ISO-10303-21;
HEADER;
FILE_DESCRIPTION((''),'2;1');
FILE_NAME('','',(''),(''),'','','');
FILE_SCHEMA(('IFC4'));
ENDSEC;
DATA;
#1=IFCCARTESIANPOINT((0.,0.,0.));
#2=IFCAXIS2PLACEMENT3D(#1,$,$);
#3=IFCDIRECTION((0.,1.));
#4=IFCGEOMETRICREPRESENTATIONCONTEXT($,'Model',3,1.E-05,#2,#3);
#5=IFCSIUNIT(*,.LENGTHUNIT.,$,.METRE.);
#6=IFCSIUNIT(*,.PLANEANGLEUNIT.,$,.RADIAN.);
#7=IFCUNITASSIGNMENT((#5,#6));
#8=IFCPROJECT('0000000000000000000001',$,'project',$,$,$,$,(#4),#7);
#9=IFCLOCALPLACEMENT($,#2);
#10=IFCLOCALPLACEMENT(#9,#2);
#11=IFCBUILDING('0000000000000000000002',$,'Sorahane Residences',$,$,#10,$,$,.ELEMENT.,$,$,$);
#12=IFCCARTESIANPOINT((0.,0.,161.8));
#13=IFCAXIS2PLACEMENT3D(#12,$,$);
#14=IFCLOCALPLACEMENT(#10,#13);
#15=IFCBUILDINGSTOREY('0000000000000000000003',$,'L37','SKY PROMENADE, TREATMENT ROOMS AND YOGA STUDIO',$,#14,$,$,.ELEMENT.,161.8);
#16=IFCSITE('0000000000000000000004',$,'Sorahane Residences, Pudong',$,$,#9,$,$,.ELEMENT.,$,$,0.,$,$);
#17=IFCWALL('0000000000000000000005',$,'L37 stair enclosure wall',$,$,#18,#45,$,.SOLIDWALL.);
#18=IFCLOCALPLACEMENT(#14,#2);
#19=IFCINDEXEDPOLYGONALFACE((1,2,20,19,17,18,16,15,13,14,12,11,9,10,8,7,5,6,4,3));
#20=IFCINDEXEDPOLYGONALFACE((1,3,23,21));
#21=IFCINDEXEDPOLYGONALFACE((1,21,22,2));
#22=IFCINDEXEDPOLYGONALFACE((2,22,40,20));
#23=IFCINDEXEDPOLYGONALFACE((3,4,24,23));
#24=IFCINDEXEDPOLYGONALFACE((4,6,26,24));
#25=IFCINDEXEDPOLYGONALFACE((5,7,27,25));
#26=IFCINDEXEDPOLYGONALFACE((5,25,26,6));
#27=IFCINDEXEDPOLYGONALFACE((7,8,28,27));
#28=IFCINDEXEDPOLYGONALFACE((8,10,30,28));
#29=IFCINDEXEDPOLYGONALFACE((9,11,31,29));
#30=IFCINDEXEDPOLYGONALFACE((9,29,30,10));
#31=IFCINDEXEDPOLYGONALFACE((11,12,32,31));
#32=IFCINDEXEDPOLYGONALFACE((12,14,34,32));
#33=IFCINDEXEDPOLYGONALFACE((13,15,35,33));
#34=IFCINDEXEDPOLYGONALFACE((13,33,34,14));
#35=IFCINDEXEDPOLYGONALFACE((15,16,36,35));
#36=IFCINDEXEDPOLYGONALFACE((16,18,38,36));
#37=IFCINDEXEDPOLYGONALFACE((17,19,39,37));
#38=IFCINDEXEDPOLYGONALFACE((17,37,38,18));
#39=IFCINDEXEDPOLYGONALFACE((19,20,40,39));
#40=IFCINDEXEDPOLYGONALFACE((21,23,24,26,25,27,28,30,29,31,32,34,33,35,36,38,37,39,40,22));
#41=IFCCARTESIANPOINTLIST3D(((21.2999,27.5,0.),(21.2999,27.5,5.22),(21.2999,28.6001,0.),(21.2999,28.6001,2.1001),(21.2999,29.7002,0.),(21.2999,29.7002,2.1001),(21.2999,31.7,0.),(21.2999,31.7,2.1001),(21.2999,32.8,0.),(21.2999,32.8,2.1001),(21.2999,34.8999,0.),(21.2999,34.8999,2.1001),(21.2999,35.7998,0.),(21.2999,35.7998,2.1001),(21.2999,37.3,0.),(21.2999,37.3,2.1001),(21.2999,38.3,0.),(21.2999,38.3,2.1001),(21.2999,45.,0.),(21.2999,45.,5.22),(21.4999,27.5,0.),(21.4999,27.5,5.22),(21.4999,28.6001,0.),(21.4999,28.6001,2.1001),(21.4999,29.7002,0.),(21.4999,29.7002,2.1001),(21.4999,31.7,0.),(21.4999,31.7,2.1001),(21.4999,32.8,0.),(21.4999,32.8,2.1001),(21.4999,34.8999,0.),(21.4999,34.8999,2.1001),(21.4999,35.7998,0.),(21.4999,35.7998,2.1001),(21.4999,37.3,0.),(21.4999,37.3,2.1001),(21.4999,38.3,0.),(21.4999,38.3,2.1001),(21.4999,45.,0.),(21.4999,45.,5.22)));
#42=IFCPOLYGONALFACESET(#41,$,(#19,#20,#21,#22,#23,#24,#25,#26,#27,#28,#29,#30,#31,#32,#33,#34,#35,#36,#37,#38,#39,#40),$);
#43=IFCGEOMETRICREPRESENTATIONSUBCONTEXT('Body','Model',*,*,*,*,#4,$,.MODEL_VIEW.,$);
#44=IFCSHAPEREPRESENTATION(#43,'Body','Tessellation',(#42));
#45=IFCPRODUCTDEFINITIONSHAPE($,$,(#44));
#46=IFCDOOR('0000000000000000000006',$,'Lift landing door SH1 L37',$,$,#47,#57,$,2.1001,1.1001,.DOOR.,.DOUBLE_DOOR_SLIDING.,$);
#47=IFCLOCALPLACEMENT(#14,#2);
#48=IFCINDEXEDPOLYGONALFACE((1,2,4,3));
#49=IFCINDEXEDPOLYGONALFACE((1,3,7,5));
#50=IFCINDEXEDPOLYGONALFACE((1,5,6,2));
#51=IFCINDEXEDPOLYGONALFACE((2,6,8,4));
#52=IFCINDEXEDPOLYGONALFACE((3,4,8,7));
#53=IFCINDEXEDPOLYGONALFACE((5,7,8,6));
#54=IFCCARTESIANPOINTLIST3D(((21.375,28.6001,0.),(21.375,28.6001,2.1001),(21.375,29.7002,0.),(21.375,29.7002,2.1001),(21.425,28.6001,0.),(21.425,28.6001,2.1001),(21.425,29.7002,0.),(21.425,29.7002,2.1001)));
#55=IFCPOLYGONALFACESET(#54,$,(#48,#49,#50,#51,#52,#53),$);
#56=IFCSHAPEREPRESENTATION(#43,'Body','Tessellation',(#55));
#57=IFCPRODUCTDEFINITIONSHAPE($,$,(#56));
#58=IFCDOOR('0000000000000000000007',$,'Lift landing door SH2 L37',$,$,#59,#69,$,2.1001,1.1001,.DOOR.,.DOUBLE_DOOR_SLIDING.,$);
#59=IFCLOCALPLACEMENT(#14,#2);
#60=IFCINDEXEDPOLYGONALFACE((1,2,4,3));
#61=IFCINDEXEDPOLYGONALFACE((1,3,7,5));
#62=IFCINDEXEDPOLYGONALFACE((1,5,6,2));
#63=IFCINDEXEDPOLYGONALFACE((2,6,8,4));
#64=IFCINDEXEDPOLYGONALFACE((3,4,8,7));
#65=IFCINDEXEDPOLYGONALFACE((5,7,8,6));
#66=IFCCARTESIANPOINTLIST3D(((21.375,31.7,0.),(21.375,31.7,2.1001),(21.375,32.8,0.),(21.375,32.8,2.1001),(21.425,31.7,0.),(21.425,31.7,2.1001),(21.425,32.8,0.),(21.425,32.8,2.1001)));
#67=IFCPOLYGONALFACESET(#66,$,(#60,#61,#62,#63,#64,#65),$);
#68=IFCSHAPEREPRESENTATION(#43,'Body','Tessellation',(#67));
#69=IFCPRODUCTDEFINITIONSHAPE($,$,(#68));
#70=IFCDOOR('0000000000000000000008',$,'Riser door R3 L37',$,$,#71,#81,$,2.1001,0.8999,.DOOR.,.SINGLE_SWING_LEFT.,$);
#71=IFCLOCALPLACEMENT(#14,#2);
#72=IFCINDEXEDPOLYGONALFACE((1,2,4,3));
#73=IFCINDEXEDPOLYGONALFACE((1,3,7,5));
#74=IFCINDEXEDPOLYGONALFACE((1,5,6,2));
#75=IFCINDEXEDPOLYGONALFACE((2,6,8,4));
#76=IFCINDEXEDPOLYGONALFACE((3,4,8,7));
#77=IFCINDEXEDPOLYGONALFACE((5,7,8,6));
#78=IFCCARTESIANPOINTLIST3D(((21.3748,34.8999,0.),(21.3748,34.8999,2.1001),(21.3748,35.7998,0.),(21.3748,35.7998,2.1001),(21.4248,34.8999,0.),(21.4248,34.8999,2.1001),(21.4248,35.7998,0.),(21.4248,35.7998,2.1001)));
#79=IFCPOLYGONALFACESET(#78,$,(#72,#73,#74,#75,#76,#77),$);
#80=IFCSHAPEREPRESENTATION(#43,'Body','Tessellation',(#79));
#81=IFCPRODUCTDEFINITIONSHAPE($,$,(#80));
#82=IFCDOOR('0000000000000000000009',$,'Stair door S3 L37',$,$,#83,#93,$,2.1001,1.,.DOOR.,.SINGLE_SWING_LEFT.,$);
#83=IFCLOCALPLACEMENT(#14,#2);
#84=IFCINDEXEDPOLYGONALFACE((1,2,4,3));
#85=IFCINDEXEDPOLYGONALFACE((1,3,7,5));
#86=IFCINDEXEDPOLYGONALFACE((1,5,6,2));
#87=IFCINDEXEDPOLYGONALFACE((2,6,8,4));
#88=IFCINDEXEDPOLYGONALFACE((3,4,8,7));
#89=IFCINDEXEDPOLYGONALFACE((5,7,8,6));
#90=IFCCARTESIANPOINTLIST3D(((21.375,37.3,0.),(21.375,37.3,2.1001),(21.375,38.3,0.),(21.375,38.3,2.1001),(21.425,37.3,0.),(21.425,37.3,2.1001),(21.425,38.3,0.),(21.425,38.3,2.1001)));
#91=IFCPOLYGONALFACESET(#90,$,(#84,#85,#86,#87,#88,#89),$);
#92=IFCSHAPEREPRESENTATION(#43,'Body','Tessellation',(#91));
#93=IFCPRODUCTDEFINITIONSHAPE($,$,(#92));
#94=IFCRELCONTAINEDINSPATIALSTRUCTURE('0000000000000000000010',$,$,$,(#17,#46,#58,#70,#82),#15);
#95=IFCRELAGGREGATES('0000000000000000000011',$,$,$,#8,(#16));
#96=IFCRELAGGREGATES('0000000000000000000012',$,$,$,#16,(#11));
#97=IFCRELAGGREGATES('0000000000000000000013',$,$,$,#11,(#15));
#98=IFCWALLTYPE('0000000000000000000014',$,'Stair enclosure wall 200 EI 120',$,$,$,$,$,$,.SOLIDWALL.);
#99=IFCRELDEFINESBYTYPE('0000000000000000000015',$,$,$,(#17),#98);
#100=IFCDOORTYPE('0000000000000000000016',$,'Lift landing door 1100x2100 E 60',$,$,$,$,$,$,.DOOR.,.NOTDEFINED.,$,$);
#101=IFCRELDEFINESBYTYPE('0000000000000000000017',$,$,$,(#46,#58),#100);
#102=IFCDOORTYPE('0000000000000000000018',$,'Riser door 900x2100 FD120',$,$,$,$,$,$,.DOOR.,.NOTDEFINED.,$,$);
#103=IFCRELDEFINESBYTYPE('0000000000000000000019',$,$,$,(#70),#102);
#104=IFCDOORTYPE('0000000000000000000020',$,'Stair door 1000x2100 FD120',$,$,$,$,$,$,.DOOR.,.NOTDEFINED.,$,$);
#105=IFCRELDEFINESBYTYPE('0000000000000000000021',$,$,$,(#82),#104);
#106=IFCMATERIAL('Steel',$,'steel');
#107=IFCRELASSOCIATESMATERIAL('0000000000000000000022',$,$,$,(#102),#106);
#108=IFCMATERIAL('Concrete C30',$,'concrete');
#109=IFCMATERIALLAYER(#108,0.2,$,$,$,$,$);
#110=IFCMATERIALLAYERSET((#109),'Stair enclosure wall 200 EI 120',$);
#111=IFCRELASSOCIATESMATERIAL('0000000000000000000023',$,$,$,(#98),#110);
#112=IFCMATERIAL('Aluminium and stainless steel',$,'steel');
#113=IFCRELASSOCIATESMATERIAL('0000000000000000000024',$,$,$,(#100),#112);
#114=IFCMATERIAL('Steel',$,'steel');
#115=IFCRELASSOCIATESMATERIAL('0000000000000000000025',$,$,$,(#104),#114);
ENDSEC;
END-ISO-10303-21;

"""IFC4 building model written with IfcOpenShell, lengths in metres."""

from ifc_helpers import new_model, si_unit, direction, frame, frame_2d, origin, place, context, subcontext, project, spatial, rectangle, extrude, material, layer, layer_set, type_object, element, fill, save


model = new_model("IFC4")

# Units and contexts
model_context = context("Model", 3, precision=1e-05, world=origin(), true_north=direction((0.0, 1.0)))
body_context = subcontext(model_context, "Body", "Model", "MODEL_VIEW")
ifc_project = project(units=[si_unit("LENGTHUNIT", "METRE"), si_unit("PLANEANGLEUNIT", "RADIAN")], contexts=[model_context])

# Site, building, storey
site_placement = place(None, origin())
site = spatial("IfcSite", under=ifc_project, at=site_placement, Name="Sorahane Residences, Pudong", CompositionType="ELEMENT", RefElevation=0.0)
building_placement = place(site_placement, origin())
building = spatial("IfcBuilding", under=site, at=building_placement, Name="Sorahane Residences", CompositionType="ELEMENT")
storey_placement = place(building_placement, frame((0.0, 0.0, 161.8)))
storey = spatial("IfcBuildingStorey", under=building, at=storey_placement, Name="L37", Description="SKY PROMENADE, TREATMENT ROOMS AND YOGA STUDIO", CompositionType="ELEMENT", Elevation=161.8)

# Shared definitions
ifc_material_1 = material(Name="Steel", Category="steel")
door_type_1 = type_object("IfcDoorType", Name="Riser door 900x2100 FD120", OperationType="NOTDEFINED", PredefinedType="DOOR", material=ifc_material_1)

# Wall, openings, doors
ifc_material_2 = material(Name="Concrete C30", Category="concrete")
ifc_layer_1 = layer(ifc_material_2, 0.2)
ifc_layer_set_1 = layer_set([ifc_layer_1], Name="Stair enclosure wall 200 EI 120")
wall_type_1 = type_object("IfcWallType", Name="Stair enclosure wall 200 EI 120", PredefinedType="SOLIDWALL", material=ifc_layer_set_1)
wall_1_placement = place(storey_placement, frame((21.3999, 27.5, 0.0), z_axis=(0.0, 0.0, 1.0), x_axis=(0.0, 1.0, 0.0)))
wall_1 = element("IfcWall", 1, at=wall_1_placement, inside=storey, type_object=wall_type_1, Name="L37 stair enclosure wall", PredefinedType="SOLIDWALL", context=body_context, shape_type="SweptSolid", body=[
    extrude(rectangle(XDim=17.5, YDim=0.2, at=frame_2d((8.75, 0.0))), origin(), (0.0, 0.0, 1.0), 5.22),
])
opening_1_placement = place(wall_1_placement, frame((1.1001, 0.0, 0.0)))
opening_1 = element("IfcOpeningElement", 2, at=opening_1_placement, cuts=wall_1, PredefinedType="OPENING", context=body_context, shape_type="SweptSolid", body=[
    extrude(rectangle(XDim=1.1001, YDim=2.1001, at=frame_2d((0.55, 1.05))), frame((0.0, 0.1099, 0.0), z_axis=(0.0, -1.0, 0.0), x_axis=(1.0, 0.0, 0.0)), (0.0, 0.0, 1.0), 0.22),
])
opening_2_placement = place(wall_1_placement, frame((4.2, 0.0, 0.0)))
opening_2 = element("IfcOpeningElement", 3, at=opening_2_placement, cuts=wall_1, PredefinedType="OPENING", context=body_context, shape_type="SweptSolid", body=[
    extrude(rectangle(XDim=1.1001, YDim=2.1001, at=frame_2d((0.55, 1.05))), frame((0.0, 0.1099, 0.0), z_axis=(0.0, -1.0, 0.0), x_axis=(1.0, 0.0, 0.0)), (0.0, 0.0, 1.0), 0.22),
])
opening_3_placement = place(wall_1_placement, frame((9.8, 0.0, 0.0)))
opening_3 = element("IfcOpeningElement", 4, at=opening_3_placement, cuts=wall_1, PredefinedType="OPENING", context=body_context, shape_type="SweptSolid", body=[
    extrude(rectangle(XDim=1.0, YDim=2.1001, at=frame_2d((0.5, 1.05))), frame((0.0, 0.1099, 0.0), z_axis=(0.0, -1.0, 0.0), x_axis=(1.0, 0.0, 0.0)), (0.0, 0.0, 1.0), 0.22),
])
opening_4_placement = place(wall_1_placement, frame((7.3999, 0.0, 0.0)))
opening_4 = element("IfcOpeningElement", 5, at=opening_4_placement, cuts=wall_1, PredefinedType="OPENING", context=body_context, shape_type="SweptSolid", body=[
    extrude(rectangle(XDim=0.8999, YDim=2.1001, at=frame_2d((0.45, 1.05))), frame((0.0, 0.1099, 0.0), z_axis=(0.0, -1.0, 0.0), x_axis=(1.0, 0.0, 0.0)), (0.0, 0.0, 1.0), 0.22),
])
ifc_material_3 = material(Name="Aluminium and stainless steel", Category="steel")
door_type_2 = type_object("IfcDoorType", Name="Lift landing door 1100x2100 E 60", OperationType="NOTDEFINED", PredefinedType="DOOR", material=ifc_material_3)
door_1_placement = place(opening_1_placement, origin())
door_1 = element("IfcDoor", 6, at=door_1_placement, inside=storey, type_object=door_type_2, Name="Lift landing door SH1 L37", OperationType="DOUBLE_DOOR_SLIDING", OverallHeight=2.1001, OverallWidth=1.1001, PredefinedType="DOOR", context=body_context, shape_type="SweptSolid", body=[
    extrude(rectangle(XDim=1.1001, YDim=2.1001, at=frame_2d((0.55, 1.05))), frame((0.0, 0.0249, 0.0), z_axis=(0.0, -1.0, 0.0), x_axis=(1.0, 0.0, 0.0)), (0.0, 0.0, 1.0), 0.05),
])
fill(opening_1, door_1)
door_2_placement = place(opening_2_placement, origin())
door_2 = element("IfcDoor", 7, at=door_2_placement, inside=storey, type_object=door_type_2, Name="Lift landing door SH2 L37", OperationType="DOUBLE_DOOR_SLIDING", OverallHeight=2.1001, OverallWidth=1.1001, PredefinedType="DOOR", context=body_context, shape_type="SweptSolid", body=[
    extrude(rectangle(XDim=1.1001, YDim=2.1001, at=frame_2d((0.55, 1.05))), frame((0.0, 0.0249, 0.0), z_axis=(0.0, -1.0, 0.0), x_axis=(1.0, 0.0, 0.0)), (0.0, 0.0, 1.0), 0.05),
])
fill(opening_2, door_2)
door_3_placement = place(opening_4_placement, frame((0.8999, 0.0, 0.0), z_axis=(0.0, 0.0, 1.0), x_axis=(-1.0, 0.0, 0.0)))
door_3 = element("IfcDoor", 8, at=door_3_placement, inside=storey, type_object=door_type_1, Name="Riser door R3 L37", OperationType="SINGLE_SWING_LEFT", OverallHeight=2.1001, OverallWidth=0.8999, PredefinedType="DOOR", context=body_context, shape_type="SweptSolid", body=[
    extrude(rectangle(XDim=0.8999, YDim=2.1001, at=frame_2d((0.45, 1.05))), frame((0.0, 0.0249, 0.0), z_axis=(0.0, -1.0, 0.0), x_axis=(1.0, 0.0, 0.0)), (0.0, 0.0, 1.0), 0.05),
])
fill(opening_4, door_3)
ifc_material_4 = material(Name="Steel", Category="steel")
door_type_3 = type_object("IfcDoorType", Name="Stair door 1000x2100 FD120", OperationType="NOTDEFINED", PredefinedType="DOOR", material=ifc_material_4)
door_4_placement = place(opening_3_placement, origin())
door_4 = element("IfcDoor", 9, at=door_4_placement, inside=storey, type_object=door_type_3, Name="Stair door S3 L37", OperationType="SINGLE_SWING_LEFT", OverallHeight=2.1001, OverallWidth=1.0, PredefinedType="DOOR", context=body_context, shape_type="SweptSolid", body=[
    extrude(rectangle(XDim=1.0, YDim=2.1001, at=frame_2d((0.5, 1.05))), frame((0.0, 0.0249, 0.0), z_axis=(0.0, -1.0, 0.0), x_axis=(1.0, 0.0, 0.0)), (0.0, 0.0, 1.0), 0.05),
])
fill(opening_3, door_4)

save(model, "model.ifc")
